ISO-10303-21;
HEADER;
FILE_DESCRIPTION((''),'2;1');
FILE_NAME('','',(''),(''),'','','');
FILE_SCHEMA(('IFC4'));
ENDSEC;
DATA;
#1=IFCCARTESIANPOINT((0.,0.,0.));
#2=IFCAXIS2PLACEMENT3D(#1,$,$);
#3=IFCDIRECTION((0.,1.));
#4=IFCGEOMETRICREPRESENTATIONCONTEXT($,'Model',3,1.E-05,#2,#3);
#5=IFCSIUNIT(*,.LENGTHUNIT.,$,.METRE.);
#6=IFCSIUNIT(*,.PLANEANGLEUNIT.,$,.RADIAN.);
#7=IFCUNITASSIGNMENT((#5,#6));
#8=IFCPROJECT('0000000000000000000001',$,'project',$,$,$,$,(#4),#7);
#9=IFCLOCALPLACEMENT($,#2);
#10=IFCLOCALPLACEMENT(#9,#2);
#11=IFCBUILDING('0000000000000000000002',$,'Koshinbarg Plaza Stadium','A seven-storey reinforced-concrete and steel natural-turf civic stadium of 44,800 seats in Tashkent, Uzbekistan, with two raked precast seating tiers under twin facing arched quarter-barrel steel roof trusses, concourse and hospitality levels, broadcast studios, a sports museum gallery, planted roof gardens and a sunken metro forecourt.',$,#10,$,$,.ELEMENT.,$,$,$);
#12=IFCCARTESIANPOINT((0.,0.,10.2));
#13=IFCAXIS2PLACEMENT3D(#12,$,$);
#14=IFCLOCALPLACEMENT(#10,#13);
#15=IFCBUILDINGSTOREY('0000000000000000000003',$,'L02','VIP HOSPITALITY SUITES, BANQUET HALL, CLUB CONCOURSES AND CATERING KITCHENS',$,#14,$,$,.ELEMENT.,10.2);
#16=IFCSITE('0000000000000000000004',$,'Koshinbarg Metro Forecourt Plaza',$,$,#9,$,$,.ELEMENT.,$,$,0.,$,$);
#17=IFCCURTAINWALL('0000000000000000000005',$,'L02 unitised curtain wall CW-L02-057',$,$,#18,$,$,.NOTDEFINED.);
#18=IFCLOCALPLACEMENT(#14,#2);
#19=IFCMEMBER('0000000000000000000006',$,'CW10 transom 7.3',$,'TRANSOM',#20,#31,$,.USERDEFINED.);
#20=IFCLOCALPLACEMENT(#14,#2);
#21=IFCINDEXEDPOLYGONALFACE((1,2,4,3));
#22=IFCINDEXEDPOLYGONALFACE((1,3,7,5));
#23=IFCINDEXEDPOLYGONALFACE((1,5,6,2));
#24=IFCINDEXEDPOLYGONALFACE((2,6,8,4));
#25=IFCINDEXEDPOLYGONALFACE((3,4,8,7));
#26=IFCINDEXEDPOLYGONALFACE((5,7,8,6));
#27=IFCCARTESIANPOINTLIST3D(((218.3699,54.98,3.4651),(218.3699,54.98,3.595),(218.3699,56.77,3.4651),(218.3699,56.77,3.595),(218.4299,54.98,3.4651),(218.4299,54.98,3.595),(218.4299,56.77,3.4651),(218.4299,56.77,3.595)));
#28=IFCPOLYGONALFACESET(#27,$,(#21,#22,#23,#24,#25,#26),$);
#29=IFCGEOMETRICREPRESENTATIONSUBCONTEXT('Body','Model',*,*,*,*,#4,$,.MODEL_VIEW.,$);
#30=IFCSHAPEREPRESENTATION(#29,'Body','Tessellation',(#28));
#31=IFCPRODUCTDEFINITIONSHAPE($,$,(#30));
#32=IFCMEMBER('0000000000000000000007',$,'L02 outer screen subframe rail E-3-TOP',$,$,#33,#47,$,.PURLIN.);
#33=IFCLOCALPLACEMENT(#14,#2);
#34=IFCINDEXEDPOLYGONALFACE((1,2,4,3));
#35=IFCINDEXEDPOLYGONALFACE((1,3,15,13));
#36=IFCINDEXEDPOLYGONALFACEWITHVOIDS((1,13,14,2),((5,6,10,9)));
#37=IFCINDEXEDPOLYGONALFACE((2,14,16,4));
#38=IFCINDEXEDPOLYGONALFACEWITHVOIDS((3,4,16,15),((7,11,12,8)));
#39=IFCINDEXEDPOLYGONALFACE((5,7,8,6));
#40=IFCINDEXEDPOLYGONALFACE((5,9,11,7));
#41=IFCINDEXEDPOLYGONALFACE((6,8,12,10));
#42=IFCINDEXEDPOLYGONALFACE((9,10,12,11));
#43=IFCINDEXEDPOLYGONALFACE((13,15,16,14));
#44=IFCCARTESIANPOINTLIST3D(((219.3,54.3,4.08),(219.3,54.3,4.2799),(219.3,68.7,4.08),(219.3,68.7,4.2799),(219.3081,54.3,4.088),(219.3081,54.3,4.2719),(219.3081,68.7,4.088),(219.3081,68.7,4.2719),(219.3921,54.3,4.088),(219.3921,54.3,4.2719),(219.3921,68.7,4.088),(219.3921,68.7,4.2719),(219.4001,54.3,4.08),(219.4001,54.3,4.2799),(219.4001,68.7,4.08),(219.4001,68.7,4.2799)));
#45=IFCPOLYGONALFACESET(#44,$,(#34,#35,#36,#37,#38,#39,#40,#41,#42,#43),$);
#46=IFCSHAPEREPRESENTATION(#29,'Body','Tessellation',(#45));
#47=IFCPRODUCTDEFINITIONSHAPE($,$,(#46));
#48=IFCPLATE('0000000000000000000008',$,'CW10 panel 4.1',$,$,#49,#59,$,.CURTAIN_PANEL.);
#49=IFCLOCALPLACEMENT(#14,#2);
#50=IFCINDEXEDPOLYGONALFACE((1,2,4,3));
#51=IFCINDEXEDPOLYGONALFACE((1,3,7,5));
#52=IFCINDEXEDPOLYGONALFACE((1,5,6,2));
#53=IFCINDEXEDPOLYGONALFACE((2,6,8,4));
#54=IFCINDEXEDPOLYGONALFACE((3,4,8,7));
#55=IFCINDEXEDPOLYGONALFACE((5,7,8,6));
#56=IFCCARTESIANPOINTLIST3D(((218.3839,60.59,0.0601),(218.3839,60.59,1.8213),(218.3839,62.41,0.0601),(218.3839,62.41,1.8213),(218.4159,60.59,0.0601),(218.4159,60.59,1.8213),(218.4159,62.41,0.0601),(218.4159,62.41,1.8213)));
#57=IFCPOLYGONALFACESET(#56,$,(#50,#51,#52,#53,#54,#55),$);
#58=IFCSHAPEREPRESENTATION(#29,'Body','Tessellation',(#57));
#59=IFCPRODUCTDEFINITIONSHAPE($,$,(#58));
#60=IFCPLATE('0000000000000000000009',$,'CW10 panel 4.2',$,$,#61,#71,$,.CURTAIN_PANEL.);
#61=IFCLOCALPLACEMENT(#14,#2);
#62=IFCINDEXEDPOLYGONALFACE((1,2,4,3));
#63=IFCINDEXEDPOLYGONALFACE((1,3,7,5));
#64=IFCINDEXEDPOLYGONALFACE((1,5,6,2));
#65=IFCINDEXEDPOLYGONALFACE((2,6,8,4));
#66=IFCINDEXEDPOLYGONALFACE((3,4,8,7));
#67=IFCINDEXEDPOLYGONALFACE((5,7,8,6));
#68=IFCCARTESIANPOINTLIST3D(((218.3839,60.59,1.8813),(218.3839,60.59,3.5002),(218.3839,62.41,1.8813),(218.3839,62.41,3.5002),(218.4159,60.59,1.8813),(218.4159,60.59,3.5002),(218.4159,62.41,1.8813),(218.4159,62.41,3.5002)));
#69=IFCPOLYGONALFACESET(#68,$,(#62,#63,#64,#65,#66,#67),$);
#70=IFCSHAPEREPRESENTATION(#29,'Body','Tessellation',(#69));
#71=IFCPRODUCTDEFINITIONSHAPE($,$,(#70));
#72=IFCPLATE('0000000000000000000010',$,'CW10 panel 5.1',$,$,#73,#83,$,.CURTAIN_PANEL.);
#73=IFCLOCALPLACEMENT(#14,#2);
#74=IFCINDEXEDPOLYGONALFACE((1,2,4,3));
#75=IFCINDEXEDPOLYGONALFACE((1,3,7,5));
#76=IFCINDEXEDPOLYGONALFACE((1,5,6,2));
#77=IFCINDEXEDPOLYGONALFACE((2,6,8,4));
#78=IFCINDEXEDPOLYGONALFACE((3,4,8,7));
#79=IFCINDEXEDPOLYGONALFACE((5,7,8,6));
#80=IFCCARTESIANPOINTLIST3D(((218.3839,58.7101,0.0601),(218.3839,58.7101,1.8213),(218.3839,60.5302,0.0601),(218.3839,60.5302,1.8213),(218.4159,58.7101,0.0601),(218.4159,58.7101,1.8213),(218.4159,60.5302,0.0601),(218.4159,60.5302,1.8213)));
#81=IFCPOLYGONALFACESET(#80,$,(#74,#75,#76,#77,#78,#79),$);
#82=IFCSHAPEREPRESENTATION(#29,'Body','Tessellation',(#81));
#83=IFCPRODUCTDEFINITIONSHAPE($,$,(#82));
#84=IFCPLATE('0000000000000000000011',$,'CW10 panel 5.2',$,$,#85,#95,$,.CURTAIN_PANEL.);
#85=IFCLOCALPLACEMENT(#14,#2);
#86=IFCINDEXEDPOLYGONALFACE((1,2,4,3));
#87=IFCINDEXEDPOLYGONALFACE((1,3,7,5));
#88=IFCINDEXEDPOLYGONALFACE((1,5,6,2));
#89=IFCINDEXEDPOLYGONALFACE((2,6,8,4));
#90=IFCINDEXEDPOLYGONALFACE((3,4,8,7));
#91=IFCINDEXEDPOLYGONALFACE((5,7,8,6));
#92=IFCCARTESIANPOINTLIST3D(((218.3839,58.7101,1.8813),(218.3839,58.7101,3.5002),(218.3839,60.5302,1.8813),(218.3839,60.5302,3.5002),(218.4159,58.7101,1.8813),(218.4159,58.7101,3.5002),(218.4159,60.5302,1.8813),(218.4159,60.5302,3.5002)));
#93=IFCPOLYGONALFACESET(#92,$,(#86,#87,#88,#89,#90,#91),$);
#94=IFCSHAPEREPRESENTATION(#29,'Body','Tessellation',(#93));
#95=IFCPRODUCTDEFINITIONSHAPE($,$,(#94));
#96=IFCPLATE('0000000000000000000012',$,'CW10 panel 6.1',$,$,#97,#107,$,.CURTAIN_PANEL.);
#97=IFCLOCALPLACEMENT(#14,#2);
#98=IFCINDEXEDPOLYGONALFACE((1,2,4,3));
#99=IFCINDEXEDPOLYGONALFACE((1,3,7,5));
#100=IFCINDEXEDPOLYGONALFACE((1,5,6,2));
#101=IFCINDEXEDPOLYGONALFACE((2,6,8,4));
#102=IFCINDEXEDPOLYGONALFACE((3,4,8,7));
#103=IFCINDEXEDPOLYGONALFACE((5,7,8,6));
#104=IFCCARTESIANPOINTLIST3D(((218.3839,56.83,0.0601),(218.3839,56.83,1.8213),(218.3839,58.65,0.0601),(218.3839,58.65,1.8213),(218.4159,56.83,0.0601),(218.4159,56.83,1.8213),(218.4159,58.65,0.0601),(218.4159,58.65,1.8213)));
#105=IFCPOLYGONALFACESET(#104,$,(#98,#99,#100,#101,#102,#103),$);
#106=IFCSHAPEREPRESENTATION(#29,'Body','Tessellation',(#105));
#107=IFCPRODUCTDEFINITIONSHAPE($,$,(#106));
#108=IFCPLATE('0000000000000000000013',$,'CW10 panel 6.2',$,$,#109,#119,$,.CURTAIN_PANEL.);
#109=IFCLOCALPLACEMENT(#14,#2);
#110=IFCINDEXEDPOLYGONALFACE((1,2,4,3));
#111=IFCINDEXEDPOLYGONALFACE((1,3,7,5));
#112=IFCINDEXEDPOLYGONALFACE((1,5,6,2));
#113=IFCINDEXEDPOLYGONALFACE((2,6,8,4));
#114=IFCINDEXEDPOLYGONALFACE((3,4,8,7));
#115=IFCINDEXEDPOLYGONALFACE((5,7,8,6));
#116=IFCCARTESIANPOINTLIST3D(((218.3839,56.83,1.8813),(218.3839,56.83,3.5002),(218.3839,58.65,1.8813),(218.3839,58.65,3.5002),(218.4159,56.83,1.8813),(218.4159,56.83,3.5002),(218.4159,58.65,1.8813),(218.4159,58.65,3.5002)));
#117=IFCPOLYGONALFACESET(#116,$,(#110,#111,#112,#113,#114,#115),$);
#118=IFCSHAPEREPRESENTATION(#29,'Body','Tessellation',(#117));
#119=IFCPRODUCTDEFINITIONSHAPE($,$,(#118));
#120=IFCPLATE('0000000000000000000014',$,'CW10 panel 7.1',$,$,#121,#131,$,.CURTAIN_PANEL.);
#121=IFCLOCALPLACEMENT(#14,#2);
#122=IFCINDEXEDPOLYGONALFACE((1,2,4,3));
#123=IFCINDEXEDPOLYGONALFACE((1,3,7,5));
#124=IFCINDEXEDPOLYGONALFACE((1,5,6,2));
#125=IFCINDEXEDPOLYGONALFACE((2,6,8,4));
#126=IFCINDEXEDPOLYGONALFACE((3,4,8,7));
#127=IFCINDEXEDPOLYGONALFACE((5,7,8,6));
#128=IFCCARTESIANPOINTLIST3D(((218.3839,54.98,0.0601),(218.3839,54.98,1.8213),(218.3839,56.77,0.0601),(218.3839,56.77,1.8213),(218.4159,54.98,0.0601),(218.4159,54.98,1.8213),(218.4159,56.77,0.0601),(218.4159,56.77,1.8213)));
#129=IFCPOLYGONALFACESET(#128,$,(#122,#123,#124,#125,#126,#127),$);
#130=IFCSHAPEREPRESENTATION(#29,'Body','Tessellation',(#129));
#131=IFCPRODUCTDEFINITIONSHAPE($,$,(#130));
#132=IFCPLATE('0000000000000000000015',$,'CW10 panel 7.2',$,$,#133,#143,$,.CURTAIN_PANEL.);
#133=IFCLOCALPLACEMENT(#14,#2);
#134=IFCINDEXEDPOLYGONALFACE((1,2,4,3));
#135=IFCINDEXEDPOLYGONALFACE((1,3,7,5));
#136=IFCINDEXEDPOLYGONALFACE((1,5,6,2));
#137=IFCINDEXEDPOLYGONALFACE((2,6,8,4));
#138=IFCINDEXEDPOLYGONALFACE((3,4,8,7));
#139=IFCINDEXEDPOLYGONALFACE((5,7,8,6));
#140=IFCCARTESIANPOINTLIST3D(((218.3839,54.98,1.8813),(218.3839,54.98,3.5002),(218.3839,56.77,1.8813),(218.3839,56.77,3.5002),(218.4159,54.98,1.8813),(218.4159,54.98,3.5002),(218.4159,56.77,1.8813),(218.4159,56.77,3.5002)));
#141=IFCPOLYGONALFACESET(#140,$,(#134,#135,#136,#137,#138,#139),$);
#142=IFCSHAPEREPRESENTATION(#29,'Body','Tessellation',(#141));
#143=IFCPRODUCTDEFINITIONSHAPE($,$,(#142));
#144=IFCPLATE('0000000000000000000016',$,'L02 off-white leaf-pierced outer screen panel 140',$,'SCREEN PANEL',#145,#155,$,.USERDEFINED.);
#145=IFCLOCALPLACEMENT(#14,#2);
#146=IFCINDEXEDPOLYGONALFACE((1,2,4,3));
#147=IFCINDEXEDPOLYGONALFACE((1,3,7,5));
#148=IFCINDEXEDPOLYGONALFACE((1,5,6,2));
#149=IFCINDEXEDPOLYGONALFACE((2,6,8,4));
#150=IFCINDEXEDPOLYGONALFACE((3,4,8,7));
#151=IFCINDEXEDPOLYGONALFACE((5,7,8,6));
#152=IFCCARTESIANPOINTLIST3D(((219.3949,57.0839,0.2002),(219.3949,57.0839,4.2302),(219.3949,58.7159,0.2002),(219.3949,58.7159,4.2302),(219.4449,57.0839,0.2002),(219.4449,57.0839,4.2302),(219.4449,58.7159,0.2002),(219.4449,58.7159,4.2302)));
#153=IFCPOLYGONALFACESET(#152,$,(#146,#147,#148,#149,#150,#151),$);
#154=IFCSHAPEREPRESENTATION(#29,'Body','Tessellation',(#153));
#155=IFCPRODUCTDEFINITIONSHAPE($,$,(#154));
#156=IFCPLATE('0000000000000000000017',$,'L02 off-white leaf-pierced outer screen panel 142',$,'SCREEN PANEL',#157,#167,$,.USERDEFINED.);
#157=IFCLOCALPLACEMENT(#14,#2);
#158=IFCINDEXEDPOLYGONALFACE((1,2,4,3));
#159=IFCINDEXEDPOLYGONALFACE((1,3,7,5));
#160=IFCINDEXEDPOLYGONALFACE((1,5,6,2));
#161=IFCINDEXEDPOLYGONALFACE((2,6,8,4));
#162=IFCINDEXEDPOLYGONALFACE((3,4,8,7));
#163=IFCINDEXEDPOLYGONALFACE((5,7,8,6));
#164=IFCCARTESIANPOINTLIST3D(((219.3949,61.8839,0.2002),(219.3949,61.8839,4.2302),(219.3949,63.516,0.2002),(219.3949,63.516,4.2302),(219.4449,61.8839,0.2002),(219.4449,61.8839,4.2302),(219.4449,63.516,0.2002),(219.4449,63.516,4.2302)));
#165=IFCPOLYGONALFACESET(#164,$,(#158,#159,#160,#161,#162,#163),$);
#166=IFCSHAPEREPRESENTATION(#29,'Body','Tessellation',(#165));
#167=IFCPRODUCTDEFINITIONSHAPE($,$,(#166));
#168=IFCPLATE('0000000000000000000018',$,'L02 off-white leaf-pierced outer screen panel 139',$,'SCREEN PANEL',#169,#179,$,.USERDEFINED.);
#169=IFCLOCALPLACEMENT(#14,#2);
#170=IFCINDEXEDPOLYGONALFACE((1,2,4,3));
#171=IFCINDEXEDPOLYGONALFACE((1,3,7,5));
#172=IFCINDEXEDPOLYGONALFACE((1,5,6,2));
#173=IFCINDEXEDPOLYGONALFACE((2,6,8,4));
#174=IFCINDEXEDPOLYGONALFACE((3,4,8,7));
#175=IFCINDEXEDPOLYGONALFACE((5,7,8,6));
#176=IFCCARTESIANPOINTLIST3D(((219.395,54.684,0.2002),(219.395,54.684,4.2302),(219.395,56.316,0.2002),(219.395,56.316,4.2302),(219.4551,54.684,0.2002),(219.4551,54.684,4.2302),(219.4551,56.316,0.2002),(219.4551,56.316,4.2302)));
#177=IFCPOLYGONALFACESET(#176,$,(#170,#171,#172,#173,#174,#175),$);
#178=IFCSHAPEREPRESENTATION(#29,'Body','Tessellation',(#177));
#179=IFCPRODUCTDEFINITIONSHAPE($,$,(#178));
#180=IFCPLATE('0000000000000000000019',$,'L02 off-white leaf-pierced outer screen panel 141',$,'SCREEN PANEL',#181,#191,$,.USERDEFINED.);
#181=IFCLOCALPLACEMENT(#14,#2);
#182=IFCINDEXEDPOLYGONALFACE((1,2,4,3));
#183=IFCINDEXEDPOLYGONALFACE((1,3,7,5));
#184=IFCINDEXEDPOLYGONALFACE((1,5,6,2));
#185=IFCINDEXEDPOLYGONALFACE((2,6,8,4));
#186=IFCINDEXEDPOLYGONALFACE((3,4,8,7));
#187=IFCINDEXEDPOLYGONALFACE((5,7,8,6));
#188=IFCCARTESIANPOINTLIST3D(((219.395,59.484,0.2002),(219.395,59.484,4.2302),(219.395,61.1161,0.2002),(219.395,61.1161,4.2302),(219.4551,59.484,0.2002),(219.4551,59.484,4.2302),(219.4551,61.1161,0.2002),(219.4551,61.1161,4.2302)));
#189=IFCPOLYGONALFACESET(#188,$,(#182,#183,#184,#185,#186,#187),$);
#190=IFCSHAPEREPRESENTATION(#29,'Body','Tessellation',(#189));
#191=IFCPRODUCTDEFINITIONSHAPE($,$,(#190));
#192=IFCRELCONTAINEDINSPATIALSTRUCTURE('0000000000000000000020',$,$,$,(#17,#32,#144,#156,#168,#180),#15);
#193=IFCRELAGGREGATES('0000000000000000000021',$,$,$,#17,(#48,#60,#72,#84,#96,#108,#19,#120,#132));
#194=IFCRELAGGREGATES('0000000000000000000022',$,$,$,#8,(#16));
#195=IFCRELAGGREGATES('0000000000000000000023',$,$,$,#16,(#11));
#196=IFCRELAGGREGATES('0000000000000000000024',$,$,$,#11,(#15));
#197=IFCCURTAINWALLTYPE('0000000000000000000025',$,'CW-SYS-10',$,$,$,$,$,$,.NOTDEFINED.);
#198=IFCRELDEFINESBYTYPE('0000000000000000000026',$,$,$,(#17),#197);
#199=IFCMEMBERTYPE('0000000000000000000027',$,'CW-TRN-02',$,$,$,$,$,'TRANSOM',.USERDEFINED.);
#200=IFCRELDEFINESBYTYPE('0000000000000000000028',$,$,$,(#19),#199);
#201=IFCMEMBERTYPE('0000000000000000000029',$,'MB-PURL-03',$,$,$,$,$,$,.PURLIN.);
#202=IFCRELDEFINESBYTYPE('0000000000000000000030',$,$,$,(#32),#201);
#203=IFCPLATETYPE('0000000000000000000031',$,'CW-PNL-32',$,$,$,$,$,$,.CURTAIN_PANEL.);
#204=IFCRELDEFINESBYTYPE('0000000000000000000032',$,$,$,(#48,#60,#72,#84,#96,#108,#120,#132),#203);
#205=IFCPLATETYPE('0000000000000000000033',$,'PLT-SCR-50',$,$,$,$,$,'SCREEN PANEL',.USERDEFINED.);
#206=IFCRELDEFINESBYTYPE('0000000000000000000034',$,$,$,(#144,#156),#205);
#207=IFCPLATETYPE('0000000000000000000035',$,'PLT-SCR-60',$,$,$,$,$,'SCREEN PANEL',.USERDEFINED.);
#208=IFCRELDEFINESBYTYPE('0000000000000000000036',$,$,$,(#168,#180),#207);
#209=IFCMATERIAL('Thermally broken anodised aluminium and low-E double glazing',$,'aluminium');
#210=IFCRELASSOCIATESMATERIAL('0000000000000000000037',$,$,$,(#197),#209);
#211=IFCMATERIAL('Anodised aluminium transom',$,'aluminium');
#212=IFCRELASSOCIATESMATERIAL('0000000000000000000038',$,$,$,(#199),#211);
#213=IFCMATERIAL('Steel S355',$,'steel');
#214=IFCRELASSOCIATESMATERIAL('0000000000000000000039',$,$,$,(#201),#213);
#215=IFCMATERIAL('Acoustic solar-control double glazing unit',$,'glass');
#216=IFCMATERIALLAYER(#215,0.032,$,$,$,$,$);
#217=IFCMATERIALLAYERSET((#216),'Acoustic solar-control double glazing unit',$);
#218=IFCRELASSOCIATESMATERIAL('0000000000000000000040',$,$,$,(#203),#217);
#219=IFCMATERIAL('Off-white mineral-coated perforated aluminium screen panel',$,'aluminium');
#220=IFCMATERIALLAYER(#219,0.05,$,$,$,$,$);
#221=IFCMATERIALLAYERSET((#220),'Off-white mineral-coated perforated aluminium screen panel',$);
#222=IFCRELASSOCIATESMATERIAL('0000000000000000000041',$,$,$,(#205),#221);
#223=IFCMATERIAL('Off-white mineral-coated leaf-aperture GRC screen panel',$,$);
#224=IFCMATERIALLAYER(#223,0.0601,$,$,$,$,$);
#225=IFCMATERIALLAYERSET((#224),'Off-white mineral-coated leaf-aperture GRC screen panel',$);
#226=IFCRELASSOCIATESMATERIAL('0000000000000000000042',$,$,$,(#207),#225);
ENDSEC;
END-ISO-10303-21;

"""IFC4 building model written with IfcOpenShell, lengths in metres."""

from ifc_helpers import new_model, si_unit, direction, frame, origin, origin_2d, place, context, subcontext, project, spatial, rectangle, hollow_rectangle, extrude, material, layer, layer_set, material_profile, profile_set, type_object, element, aggregate, save


model = new_model("IFC4")

# Units and contexts
model_context = context("Model", 3, precision=1e-05, world=origin(), true_north=direction((0.0, 1.0)))
body_context = subcontext(model_context, "Body", "Model", "MODEL_VIEW")
ifc_project = project(units=[si_unit("LENGTHUNIT", "METRE"), si_unit("PLANEANGLEUNIT", "RADIAN")], contexts=[model_context])

# Site, building, storey
site_placement = place(None, origin())
site = spatial("IfcSite", under=ifc_project, at=site_placement, Name="Koshinbarg Metro Forecourt Plaza", CompositionType="ELEMENT", RefElevation=0.0)
building_placement = place(site_placement, origin())
building = spatial("IfcBuilding", under=site, at=building_placement, Name="Koshinbarg Plaza Stadium", Description="A seven-storey reinforced-concrete and steel natural-turf civic stadium of 44,800 seats in Tashkent, Uzbekistan, with two raked precast seating tiers under twin facing arched quarter-barrel steel roof trusses, concourse and hospitality levels, broadcast studios, a sports museum gallery, planted roof gardens and a sunken metro forecourt.", CompositionType="ELEMENT")
storey_placement = place(building_placement, frame((0.0, 0.0, 10.2)))
storey = spatial("IfcBuildingStorey", under=building, at=storey_placement, Name="L02", Description="VIP HOSPITALITY SUITES, BANQUET HALL, CLUB CONCOURSES AND CATERING KITCHENS", CompositionType="ELEMENT", Elevation=10.2)

# Curtain wall, member
ifc_material_1 = material(Name="Thermally broken anodised aluminium and low-E double glazing", Category="aluminium")
curtain_wall_type = type_object("IfcCurtainWallType", Name="CW-SYS-10", PredefinedType="NOTDEFINED", material=ifc_material_1)
curtain_wall_placement = place(storey_placement, origin())
curtain_wall = element("IfcCurtainWall", 1, at=curtain_wall_placement, inside=storey, type_object=curtain_wall_type, Name="L02 unitised curtain wall CW-L02-057", PredefinedType="NOTDEFINED")
ifc_material_2 = material(Name="Anodised aluminium transom", Category="aluminium")
ifc_material_profile_1 = material_profile(ifc_material_2, rectangle(XDim=0.0601, YDim=0.1299, at=origin_2d()), Name="ALU 60x130")
ifc_profile_set_1 = profile_set([ifc_material_profile_1], Name="Anodised aluminium transom")
member_type_1 = type_object("IfcMemberType", Name="CW-TRN-02", ElementType="TRANSOM", PredefinedType="USERDEFINED", material=ifc_profile_set_1)
member_1_placement = place(storey_placement, frame((218.3999, 56.77, 3.53), z_axis=(0.0, -1.0, 0.0), x_axis=(1.0, 0.0, 0.0)))
member_1 = element("IfcMember", 2, at=member_1_placement, type_object=member_type_1, Name="CW10 transom 7.3", ObjectType="TRANSOM", PredefinedType="USERDEFINED", context=body_context, shape_type="SweptSolid", body=[
    extrude(rectangle(XDim=0.0601, YDim=0.1299, at=origin_2d()), origin(), (0.0, 0.0, 1.0), 1.79),
])

# Member
ifc_material_3 = material(Name="Steel S355", Category="steel")
ifc_material_profile_2 = material_profile(ifc_material_3, hollow_rectangle(XDim=0.1001, YDim=0.2, WallThickness=0.0081, at=origin_2d()), Name="RHS 200x100x8")
ifc_profile_set_2 = profile_set([ifc_material_profile_2], Name="Steel S355")
member_type_2 = type_object("IfcMemberType", Name="MB-PURL-03", PredefinedType="PURLIN", material=ifc_profile_set_2)
member_2_placement = place(storey_placement, frame((219.3501, 54.3, 4.1799), z_axis=(0.0, 1.0, 0.0), x_axis=(-1.0, 0.0, 0.0)))
element("IfcMember", 3, at=member_2_placement, inside=storey, type_object=member_type_2, Name="L02 outer screen subframe rail E-3-TOP", PredefinedType="PURLIN", context=body_context, shape_type="SweptSolid", body=[
    extrude(hollow_rectangle(XDim=0.1001, YDim=0.2, WallThickness=0.0081, at=origin_2d()), origin(), (0.0, 0.0, 1.0), 14.3999),
])

# Plates
ifc_material_4 = material(Name="Acoustic solar-control double glazing unit", Category="glass")
ifc_layer_1 = layer(ifc_material_4, 0.032)
ifc_layer_set_1 = layer_set([ifc_layer_1], Name="Acoustic solar-control double glazing unit")
plate_type_1 = type_object("IfcPlateType", Name="CW-PNL-32", PredefinedType="CURTAIN_PANEL", material=ifc_layer_set_1)
plate_1_placement = place(storey_placement, frame((218.3999, 61.5, 0.0601), z_axis=(0.0, 0.0, 1.0), x_axis=(0.0, -1.0, 0.0)))
plate_1 = element("IfcPlate", 4, at=plate_1_placement, type_object=plate_type_1, Name="CW10 panel 4.1", PredefinedType="CURTAIN_PANEL", context=body_context, shape_type="SweptSolid", body=[
    extrude(rectangle(XDim=1.8201, YDim=0.032, at=origin_2d()), origin(), (0.0, 0.0, 1.0), 1.7612),
])
plate_2_placement = place(storey_placement, frame((218.3999, 61.5, 1.8813), z_axis=(0.0, 0.0, 1.0), x_axis=(0.0, -1.0, 0.0)))
plate_2 = element("IfcPlate", 5, at=plate_2_placement, type_object=plate_type_1, Name="CW10 panel 4.2", PredefinedType="CURTAIN_PANEL", context=body_context, shape_type="SweptSolid", body=[
    extrude(rectangle(XDim=1.8201, YDim=0.032, at=origin_2d()), origin(), (0.0, 0.0, 1.0), 1.6189),
])
plate_3_placement = place(storey_placement, frame((218.3999, 59.6201, 0.0601), z_axis=(0.0, 0.0, 1.0), x_axis=(0.0, -1.0, 0.0)))
plate_3 = element("IfcPlate", 6, at=plate_3_placement, type_object=plate_type_1, Name="CW10 panel 5.1", PredefinedType="CURTAIN_PANEL", context=body_context, shape_type="SweptSolid", body=[
    extrude(rectangle(XDim=1.8201, YDim=0.032, at=origin_2d()), origin(), (0.0, 0.0, 1.0), 1.7612),
])
plate_4_placement = place(storey_placement, frame((218.3999, 59.6201, 1.8813), z_axis=(0.0, 0.0, 1.0), x_axis=(0.0, -1.0, 0.0)))
plate_4 = element("IfcPlate", 7, at=plate_4_placement, type_object=plate_type_1, Name="CW10 panel 5.2", PredefinedType="CURTAIN_PANEL", context=body_context, shape_type="SweptSolid", body=[
    extrude(rectangle(XDim=1.8201, YDim=0.032, at=origin_2d()), origin(), (0.0, 0.0, 1.0), 1.6189),
])
plate_5_placement = place(storey_placement, frame((218.3999, 57.74, 0.0601), z_axis=(0.0, 0.0, 1.0), x_axis=(0.0, -1.0, 0.0)))
plate_5 = element("IfcPlate", 8, at=plate_5_placement, type_object=plate_type_1, Name="CW10 panel 6.1", PredefinedType="CURTAIN_PANEL", context=body_context, shape_type="SweptSolid", body=[
    extrude(rectangle(XDim=1.8201, YDim=0.032, at=origin_2d()), origin(), (0.0, 0.0, 1.0), 1.7612),
])
plate_6_placement = place(storey_placement, frame((218.3999, 57.74, 1.8813), z_axis=(0.0, 0.0, 1.0), x_axis=(0.0, -1.0, 0.0)))
plate_6 = element("IfcPlate", 9, at=plate_6_placement, type_object=plate_type_1, Name="CW10 panel 6.2", PredefinedType="CURTAIN_PANEL", context=body_context, shape_type="SweptSolid", body=[
    extrude(rectangle(XDim=1.8201, YDim=0.032, at=origin_2d()), origin(), (0.0, 0.0, 1.0), 1.6189),
])
plate_7_placement = place(storey_placement, frame((218.3999, 55.875, 0.0601), z_axis=(0.0, 0.0, 1.0), x_axis=(0.0, -1.0, 0.0)))
plate_7 = element("IfcPlate", 10, at=plate_7_placement, type_object=plate_type_1, Name="CW10 panel 7.1", PredefinedType="CURTAIN_PANEL", context=body_context, shape_type="SweptSolid", body=[
    extrude(rectangle(XDim=1.79, YDim=0.032, at=origin_2d()), origin(), (0.0, 0.0, 1.0), 1.7612),
])
plate_8_placement = place(storey_placement, frame((218.3999, 55.875, 1.8813), z_axis=(0.0, 0.0, 1.0), x_axis=(0.0, -1.0, 0.0)))
plate_8 = element("IfcPlate", 11, at=plate_8_placement, type_object=plate_type_1, Name="CW10 panel 7.2", PredefinedType="CURTAIN_PANEL", context=body_context, shape_type="SweptSolid", body=[
    extrude(rectangle(XDim=1.79, YDim=0.032, at=origin_2d()), origin(), (0.0, 0.0, 1.0), 1.6189),
])
aggregate(curtain_wall, [plate_1, plate_2, plate_3, plate_4, plate_5, plate_6, member_1, plate_7, plate_8])

# Plates
ifc_material_5 = material(Name="Off-white mineral-coated perforated aluminium screen panel", Category="aluminium")
ifc_layer_2 = layer(ifc_material_5, 0.05)
ifc_layer_set_2 = layer_set([ifc_layer_2], Name="Off-white mineral-coated perforated aluminium screen panel")
plate_type_2 = type_object("IfcPlateType", Name="PLT-SCR-50", ElementType="SCREEN PANEL", PredefinedType="USERDEFINED", material=ifc_layer_set_2)
for number, where, z_axis, x_axis, name in (
    (12, (219.4199, 57.8999, 0.2002), (0.0, 0.0, 1.0), (1.0, 0.0, 0.0), "L02 off-white leaf-pierced outer screen panel 140"),
    (13, (219.4199, 62.7, 0.2002), (0.0, 0.0, 1.0), (1.0, 0.0, 0.0), "L02 off-white leaf-pierced outer screen panel 142"),
):
    element("IfcPlate", number, at=place(storey_placement, frame(where, z_axis=z_axis, x_axis=x_axis)), inside=storey, type_object=plate_type_2, Name=name, ObjectType="SCREEN PANEL", PredefinedType="USERDEFINED", context=body_context, shape_type="SweptSolid", body=[
        extrude(rectangle(XDim=0.05, YDim=1.6321, at=origin_2d()), origin(), (0.0, 0.0, 1.0), 4.03),
    ])
ifc_material_6 = material(Name="Off-white mineral-coated leaf-aperture GRC screen panel")
ifc_layer_3 = layer(ifc_material_6, 0.0601)
ifc_layer_set_3 = layer_set([ifc_layer_3], Name="Off-white mineral-coated leaf-aperture GRC screen panel")
plate_type_3 = type_object("IfcPlateType", Name="PLT-SCR-60", ElementType="SCREEN PANEL", PredefinedType="USERDEFINED", material=ifc_layer_set_3)
for number, where, z_axis, x_axis, name in (
    (14, (219.425, 55.5, 0.2002), (0.0, 0.0, 1.0), (1.0, 0.0, 0.0), "L02 off-white leaf-pierced outer screen panel 139"),
    (15, (219.425, 60.3, 0.2002), (0.0, 0.0, 1.0), (1.0, 0.0, 0.0), "L02 off-white leaf-pierced outer screen panel 141"),
):
    element("IfcPlate", number, at=place(storey_placement, frame(where, z_axis=z_axis, x_axis=x_axis)), inside=storey, type_object=plate_type_3, Name=name, ObjectType="SCREEN PANEL", PredefinedType="USERDEFINED", context=body_context, shape_type="SweptSolid", body=[
        extrude(rectangle(XDim=0.0601, YDim=1.6321, at=origin_2d()), origin(), (0.0, 0.0, 1.0), 4.03),
    ])

save(model, "model.ifc")
